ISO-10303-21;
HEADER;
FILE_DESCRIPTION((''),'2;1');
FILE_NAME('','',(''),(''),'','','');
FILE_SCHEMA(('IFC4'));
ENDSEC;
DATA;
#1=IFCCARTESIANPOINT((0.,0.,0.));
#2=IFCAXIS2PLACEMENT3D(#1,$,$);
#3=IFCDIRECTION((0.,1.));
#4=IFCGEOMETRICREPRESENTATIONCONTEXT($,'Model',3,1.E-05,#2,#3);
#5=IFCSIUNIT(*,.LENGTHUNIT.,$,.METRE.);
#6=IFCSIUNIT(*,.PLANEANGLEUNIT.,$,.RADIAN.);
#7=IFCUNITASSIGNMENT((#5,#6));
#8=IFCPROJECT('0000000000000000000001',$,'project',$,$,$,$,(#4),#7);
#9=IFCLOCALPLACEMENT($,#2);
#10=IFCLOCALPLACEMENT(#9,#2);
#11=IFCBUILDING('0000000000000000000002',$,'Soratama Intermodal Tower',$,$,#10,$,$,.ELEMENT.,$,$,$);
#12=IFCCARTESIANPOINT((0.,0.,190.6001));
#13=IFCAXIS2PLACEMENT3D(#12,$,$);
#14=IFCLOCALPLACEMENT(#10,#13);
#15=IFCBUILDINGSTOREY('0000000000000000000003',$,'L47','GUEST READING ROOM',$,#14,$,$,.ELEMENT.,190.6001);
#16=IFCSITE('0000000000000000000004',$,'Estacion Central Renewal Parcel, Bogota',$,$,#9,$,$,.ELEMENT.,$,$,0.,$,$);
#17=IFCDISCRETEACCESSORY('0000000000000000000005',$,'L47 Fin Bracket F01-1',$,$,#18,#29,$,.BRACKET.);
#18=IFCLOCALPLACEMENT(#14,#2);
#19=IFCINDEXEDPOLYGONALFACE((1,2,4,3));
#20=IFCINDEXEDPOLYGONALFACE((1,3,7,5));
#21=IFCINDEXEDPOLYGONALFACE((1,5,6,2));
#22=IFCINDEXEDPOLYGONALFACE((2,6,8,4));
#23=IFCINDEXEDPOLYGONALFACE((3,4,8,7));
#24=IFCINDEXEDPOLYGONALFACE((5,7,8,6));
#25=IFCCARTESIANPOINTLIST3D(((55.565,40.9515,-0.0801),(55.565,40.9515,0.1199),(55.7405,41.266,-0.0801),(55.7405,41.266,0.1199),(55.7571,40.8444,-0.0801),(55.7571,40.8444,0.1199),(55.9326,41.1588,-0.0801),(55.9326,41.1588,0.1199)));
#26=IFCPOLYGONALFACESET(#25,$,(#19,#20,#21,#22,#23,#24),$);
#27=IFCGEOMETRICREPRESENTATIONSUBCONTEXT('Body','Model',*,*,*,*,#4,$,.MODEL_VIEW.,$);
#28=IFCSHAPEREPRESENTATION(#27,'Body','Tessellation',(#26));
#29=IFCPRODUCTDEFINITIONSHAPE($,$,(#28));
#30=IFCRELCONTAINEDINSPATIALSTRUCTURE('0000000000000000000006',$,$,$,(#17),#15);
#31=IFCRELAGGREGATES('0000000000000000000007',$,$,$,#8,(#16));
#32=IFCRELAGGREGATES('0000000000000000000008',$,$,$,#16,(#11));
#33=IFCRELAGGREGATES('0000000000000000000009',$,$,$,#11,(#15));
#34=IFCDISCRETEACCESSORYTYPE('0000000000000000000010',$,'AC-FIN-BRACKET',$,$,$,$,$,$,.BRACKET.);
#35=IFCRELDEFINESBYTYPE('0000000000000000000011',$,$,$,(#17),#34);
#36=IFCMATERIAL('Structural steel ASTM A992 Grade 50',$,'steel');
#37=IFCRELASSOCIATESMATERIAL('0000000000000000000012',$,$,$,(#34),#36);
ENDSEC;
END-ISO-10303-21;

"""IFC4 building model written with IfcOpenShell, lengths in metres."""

from ifc_helpers import new_model, si_unit, direction, frame, origin, origin_2d, place, context, subcontext, project, spatial, rectangle, extrude, material, type_object, element, save


model = new_model("IFC4")

# Units and contexts
model_context = context("Model", 3, precision=1e-05, world=origin(), true_north=direction((0.0, 1.0)))
body_context = subcontext(model_context, "Body", "Model", "MODEL_VIEW")
ifc_project = project(units=[si_unit("LENGTHUNIT", "METRE"), si_unit("PLANEANGLEUNIT", "RADIAN")], contexts=[model_context])

# Site, building, storey
site_placement = place(None, origin())
site = spatial("IfcSite", under=ifc_project, at=site_placement, Name="Estacion Central Renewal Parcel, Bogota", CompositionType="ELEMENT", RefElevation=0.0)
building_placement = place(site_placement, origin())
building = spatial("IfcBuilding", under=site, at=building_placement, Name="Soratama Intermodal Tower", CompositionType="ELEMENT")
storey_placement = place(building_placement, frame((0.0, 0.0, 190.6001)))
storey = spatial("IfcBuildingStorey", under=building, at=storey_placement, Name="L47", Description="GUEST READING ROOM", CompositionType="ELEMENT", Elevation=190.6001)

# Discrete accessory
ifc_material_1 = material(Name="Structural steel ASTM A992 Grade 50", Category="steel")
discrete_accessory_type = type_object("IfcDiscreteAccessoryType", Name="AC-FIN-BRACKET", PredefinedType="BRACKET", material=ifc_material_1)
discrete_accessory_placement = place(storey_placement, frame((55.7488, 41.0552, -0.0801), z_axis=(0.0, 0.0, 1.0), x_axis=(0.48725, 0.873262, 0.0)))
element("IfcDiscreteAccessory", 1, at=discrete_accessory_placement, inside=storey, type_object=discrete_accessory_type, Name="L47 Fin Bracket F01-1", PredefinedType="BRACKET", context=body_context, shape_type="SweptSolid", body=[
    extrude(rectangle(XDim=0.3601, YDim=0.22, at=origin_2d()), origin(), (0.0, 0.0, 1.0), 0.2),
])

save(model, "model.ifc")
